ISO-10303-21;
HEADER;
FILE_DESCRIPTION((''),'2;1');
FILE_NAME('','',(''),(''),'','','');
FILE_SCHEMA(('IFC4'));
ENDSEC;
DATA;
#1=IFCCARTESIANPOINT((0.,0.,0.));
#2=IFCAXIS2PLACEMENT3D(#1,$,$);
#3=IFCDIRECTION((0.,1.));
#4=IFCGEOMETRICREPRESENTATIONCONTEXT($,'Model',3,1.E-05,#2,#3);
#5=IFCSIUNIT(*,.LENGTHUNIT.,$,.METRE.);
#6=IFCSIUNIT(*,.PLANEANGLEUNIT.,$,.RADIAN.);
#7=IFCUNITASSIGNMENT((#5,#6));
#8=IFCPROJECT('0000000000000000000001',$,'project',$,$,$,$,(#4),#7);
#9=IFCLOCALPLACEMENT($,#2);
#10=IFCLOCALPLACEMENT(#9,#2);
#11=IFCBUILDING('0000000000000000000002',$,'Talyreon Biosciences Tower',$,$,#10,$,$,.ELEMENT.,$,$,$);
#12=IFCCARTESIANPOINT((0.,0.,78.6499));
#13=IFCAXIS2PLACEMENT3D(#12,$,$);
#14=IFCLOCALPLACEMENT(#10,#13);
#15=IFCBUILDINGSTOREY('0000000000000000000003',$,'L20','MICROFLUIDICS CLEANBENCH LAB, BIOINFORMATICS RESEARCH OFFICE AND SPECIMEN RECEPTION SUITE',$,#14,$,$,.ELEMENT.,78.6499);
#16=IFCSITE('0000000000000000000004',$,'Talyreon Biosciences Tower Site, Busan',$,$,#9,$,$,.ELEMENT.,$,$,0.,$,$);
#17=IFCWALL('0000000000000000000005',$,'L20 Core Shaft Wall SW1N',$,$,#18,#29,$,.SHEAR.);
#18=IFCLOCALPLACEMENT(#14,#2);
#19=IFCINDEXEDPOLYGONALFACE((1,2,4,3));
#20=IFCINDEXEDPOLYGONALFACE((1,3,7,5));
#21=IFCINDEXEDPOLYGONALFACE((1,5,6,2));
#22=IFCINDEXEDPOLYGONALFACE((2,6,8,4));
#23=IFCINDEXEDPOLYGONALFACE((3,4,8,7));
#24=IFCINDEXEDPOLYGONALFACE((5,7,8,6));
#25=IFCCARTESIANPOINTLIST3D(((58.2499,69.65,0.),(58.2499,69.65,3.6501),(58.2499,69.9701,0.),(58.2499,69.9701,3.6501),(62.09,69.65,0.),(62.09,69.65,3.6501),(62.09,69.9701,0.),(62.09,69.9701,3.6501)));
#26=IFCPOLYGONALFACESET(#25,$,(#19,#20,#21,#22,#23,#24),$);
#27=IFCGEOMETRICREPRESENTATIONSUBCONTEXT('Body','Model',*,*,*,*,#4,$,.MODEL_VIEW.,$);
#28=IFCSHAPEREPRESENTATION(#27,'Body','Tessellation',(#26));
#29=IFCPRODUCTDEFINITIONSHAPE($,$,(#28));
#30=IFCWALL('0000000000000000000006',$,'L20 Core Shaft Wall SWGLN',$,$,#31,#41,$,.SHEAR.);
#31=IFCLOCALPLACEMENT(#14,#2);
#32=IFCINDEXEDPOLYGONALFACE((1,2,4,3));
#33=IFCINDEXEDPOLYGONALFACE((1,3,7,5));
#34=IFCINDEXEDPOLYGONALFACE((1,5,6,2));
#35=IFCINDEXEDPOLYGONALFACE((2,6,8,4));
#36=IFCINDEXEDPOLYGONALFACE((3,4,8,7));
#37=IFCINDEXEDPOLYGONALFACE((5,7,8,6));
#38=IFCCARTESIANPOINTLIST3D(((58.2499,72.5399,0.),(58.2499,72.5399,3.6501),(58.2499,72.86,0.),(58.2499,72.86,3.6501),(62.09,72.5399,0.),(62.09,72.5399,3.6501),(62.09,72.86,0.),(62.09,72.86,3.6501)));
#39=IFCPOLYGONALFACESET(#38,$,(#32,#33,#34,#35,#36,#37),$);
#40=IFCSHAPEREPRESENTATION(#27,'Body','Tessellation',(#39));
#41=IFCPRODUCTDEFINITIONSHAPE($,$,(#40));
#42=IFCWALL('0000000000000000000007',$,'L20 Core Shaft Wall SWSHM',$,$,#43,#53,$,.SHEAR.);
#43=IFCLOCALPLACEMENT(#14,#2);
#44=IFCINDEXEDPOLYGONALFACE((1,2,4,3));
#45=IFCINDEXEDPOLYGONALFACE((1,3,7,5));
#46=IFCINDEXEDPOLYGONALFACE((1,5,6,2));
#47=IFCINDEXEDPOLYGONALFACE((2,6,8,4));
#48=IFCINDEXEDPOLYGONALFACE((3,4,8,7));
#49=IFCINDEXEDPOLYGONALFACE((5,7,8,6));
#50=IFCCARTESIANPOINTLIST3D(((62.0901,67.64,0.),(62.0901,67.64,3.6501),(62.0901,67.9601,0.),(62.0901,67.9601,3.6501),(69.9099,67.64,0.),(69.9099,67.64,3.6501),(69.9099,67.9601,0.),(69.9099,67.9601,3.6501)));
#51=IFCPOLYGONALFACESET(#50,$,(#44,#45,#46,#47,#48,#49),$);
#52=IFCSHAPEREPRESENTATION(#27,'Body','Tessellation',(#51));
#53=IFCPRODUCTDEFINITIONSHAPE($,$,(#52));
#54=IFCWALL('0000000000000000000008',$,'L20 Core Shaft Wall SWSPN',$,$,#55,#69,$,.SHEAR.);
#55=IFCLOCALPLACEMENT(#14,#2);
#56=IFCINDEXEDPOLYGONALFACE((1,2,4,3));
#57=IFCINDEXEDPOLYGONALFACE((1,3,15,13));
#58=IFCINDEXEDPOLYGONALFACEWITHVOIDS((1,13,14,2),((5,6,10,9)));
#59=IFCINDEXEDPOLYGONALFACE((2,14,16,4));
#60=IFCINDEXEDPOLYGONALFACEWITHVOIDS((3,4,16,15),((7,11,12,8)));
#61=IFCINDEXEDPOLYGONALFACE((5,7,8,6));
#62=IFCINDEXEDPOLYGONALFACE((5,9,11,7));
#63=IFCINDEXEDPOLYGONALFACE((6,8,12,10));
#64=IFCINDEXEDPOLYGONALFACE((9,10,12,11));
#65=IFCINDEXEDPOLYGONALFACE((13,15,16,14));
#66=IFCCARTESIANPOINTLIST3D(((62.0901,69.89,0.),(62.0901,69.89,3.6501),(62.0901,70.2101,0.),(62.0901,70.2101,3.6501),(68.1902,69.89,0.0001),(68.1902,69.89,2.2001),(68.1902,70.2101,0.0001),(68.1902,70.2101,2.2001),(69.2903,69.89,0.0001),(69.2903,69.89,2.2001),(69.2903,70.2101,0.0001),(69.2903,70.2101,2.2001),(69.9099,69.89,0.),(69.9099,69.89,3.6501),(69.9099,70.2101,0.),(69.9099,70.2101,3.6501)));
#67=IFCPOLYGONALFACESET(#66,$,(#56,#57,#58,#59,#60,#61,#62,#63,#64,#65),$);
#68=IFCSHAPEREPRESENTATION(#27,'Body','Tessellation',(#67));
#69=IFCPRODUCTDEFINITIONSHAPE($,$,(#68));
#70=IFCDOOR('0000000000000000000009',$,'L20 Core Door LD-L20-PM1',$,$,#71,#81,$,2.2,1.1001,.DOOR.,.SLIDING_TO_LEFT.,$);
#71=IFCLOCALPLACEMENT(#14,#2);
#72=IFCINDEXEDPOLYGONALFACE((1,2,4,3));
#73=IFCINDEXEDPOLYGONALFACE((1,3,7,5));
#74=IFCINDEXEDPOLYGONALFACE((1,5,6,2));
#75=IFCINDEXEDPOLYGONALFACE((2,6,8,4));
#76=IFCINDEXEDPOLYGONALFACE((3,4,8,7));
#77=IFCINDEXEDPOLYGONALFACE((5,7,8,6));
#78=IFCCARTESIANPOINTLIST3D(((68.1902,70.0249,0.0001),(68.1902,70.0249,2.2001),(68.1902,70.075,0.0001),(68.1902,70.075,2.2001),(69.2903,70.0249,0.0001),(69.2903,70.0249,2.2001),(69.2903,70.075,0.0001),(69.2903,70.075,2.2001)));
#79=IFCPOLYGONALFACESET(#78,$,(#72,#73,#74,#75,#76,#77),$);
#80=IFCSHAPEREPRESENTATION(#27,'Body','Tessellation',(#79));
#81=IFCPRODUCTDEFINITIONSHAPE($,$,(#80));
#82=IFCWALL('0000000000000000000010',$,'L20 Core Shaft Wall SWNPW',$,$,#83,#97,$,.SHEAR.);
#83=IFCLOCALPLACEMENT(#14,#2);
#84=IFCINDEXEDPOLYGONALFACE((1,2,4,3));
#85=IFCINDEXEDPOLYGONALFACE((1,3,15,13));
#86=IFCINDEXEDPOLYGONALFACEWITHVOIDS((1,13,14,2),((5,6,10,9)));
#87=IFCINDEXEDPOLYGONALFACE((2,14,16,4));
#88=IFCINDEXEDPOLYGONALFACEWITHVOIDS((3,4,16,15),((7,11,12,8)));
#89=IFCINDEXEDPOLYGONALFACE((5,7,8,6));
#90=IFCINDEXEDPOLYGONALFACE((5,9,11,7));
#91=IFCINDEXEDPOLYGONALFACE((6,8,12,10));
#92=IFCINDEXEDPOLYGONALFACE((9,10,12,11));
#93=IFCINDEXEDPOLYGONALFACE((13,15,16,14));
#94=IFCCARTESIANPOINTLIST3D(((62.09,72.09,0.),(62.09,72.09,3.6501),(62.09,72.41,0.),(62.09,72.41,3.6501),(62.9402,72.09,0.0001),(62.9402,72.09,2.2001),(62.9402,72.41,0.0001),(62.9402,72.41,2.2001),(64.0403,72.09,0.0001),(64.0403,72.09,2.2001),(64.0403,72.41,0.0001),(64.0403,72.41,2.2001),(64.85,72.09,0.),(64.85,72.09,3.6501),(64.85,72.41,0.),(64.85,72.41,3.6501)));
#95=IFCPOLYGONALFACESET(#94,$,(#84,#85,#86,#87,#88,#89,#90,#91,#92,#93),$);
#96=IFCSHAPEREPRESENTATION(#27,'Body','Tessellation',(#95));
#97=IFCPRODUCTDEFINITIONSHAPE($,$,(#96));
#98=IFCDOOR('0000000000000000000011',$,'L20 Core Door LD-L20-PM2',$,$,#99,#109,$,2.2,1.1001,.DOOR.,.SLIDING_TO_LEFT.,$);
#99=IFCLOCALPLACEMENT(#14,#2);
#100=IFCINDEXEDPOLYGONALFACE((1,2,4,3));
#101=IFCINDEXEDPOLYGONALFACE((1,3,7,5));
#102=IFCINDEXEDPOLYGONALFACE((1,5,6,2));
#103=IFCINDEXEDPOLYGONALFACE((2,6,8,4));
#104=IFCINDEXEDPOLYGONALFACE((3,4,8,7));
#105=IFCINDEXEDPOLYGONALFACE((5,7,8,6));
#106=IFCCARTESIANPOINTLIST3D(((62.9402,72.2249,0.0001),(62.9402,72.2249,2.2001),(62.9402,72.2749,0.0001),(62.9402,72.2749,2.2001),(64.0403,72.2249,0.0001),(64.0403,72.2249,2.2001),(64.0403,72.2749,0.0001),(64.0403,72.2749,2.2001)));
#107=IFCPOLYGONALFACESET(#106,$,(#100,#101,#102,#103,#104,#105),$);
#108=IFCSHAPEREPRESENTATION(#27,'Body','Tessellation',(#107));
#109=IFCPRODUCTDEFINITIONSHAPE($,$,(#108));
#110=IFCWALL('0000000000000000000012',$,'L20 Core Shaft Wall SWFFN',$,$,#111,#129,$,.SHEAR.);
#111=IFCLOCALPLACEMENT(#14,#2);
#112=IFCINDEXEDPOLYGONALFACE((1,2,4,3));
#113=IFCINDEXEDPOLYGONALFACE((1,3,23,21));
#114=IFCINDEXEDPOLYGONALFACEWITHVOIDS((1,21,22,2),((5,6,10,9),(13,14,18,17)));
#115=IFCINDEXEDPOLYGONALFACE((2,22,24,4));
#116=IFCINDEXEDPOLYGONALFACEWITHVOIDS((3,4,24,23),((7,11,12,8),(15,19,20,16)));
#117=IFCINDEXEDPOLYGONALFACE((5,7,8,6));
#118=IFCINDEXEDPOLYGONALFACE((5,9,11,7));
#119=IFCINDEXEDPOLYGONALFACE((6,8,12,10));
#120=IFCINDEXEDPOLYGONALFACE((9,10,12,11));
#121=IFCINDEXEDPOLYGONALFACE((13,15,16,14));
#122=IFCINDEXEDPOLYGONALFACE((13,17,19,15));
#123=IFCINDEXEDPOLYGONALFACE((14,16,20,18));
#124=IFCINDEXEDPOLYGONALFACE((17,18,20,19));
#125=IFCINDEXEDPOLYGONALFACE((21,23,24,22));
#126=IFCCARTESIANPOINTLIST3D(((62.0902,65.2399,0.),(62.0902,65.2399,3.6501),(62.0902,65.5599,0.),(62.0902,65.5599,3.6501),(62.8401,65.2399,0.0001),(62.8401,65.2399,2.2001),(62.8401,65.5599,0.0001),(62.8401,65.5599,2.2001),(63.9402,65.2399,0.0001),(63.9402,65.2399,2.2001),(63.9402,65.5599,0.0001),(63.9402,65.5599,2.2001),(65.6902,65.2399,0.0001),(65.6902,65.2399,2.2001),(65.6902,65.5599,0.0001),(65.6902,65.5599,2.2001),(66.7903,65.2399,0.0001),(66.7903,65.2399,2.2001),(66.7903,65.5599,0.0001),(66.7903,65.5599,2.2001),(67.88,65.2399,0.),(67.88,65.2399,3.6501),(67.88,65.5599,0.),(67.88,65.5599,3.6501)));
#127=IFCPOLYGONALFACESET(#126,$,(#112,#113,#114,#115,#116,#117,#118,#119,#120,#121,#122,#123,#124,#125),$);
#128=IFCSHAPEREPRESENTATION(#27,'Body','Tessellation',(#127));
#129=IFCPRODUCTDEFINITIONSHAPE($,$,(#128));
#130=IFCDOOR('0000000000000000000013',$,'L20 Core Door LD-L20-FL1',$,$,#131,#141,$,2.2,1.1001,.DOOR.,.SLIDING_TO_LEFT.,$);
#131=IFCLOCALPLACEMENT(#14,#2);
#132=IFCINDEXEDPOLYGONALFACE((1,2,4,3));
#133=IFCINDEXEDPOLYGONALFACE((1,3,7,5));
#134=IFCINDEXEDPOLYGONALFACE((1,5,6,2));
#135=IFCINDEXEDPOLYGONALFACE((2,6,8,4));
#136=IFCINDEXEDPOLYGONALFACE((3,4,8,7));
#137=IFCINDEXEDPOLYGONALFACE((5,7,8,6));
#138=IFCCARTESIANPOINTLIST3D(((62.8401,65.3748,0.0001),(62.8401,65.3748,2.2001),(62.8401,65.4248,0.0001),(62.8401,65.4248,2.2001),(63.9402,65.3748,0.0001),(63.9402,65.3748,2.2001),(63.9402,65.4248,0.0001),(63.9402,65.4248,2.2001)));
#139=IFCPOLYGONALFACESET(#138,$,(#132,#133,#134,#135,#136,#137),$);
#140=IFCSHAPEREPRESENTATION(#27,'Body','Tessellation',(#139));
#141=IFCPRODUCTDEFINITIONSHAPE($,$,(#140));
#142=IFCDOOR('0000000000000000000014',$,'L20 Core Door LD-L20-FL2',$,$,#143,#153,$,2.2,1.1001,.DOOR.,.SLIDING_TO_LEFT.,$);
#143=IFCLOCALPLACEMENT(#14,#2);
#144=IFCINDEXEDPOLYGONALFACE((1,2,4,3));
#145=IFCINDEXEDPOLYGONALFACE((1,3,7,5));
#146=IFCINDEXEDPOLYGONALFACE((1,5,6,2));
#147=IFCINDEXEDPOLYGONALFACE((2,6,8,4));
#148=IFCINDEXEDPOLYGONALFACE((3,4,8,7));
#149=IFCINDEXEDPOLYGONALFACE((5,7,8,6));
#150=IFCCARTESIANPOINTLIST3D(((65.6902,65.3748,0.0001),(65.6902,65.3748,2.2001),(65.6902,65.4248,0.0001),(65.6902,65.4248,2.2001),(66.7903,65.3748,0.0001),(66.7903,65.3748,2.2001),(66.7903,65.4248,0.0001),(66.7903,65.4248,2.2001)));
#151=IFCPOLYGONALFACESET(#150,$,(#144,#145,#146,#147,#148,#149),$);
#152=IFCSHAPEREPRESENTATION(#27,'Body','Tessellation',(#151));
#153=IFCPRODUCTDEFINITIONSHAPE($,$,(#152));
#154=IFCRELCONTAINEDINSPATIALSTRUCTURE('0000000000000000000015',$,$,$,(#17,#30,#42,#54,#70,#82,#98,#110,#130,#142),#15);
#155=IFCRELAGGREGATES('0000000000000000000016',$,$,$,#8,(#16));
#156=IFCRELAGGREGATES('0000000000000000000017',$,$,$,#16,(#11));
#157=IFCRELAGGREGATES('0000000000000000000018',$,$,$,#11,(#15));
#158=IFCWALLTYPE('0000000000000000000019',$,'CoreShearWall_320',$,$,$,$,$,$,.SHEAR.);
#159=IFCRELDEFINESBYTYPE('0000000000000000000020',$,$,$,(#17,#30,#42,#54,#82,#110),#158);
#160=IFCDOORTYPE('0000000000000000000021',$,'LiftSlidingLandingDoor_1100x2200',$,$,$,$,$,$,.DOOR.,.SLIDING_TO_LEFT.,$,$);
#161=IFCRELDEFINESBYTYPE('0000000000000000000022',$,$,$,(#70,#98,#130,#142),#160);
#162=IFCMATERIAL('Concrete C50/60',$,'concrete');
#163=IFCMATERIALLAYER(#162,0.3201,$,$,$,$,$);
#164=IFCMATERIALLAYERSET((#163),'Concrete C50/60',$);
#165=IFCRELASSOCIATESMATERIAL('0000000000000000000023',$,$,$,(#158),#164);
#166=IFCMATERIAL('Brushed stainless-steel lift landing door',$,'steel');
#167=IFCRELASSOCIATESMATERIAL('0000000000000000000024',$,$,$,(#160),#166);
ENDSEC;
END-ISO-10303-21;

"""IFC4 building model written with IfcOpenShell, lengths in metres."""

from ifc_helpers import new_model, si_unit, direction, frame, frame_2d, origin, place, context, subcontext, project, spatial, rectangle, extrude, material, layer, layer_set, type_object, element, fill, save


model = new_model("IFC4")

# Units and contexts
model_context = context("Model", 3, precision=1e-05, world=origin(), true_north=direction((0.0, 1.0)))
body_context = subcontext(model_context, "Body", "Model", "MODEL_VIEW")
ifc_project = project(units=[si_unit("LENGTHUNIT", "METRE"), si_unit("PLANEANGLEUNIT", "RADIAN")], contexts=[model_context])

# Site, building, storey
site_placement = place(None, origin())
site = spatial("IfcSite", under=ifc_project, at=site_placement, Name="Talyreon Biosciences Tower Site, Busan", CompositionType="ELEMENT", RefElevation=0.0)
building_placement = place(site_placement, origin())
building = spatial("IfcBuilding", under=site, at=building_placement, Name="Talyreon Biosciences Tower", CompositionType="ELEMENT")
storey_placement = place(building_placement, frame((0.0, 0.0, 78.6499)))
storey = spatial("IfcBuildingStorey", under=building, at=storey_placement, Name="L20", Description="MICROFLUIDICS CLEANBENCH LAB, BIOINFORMATICS RESEARCH OFFICE AND SPECIMEN RECEPTION SUITE", CompositionType="ELEMENT", Elevation=78.6499)

# Shared definitions
ifc_material_1 = material(Name="Concrete C50/60", Category="concrete")

# Walls
ifc_layer_1 = layer(ifc_material_1, 0.3201)
ifc_layer_set_1 = layer_set([ifc_layer_1], Name="Concrete C50/60")
wall_type_1 = type_object("IfcWallType", Name="CoreShearWall_320", PredefinedType="SHEAR", material=ifc_layer_set_1)
for number, where, z_axis, x_axis, name in (
    (1, (58.25, 69.8101, 0.0), (0.0, 0.0, 1.0), (1.0, 0.0, 0.0), "L20 Core Shaft Wall SW1N"),
    (2, (58.25, 72.7, 0.0), (0.0, 0.0, 1.0), (1.0, 0.0, 0.0), "L20 Core Shaft Wall SWGLN"),
):
    element("IfcWall", number, at=place(storey_placement, frame(where, z_axis=z_axis, x_axis=x_axis)), inside=storey, type_object=wall_type_1, Name=name, PredefinedType="SHEAR", context=body_context, shape_type="SweptSolid", body=[
        extrude(rectangle(XDim=3.8401, YDim=0.3201, at=frame_2d((1.9199, 0.0))), origin(), (0.0, 0.0, 1.0), 3.6501),
    ])
wall_1_placement = place(storey_placement, frame((62.0901, 67.8, 0.0), z_axis=(0.0, 0.0, 1.0), x_axis=(1.0, 0.0, 0.0)))
element("IfcWall", 3, at=wall_1_placement, inside=storey, type_object=wall_type_1, Name="L20 Core Shaft Wall SWSHM", PredefinedType="SHEAR", context=body_context, shape_type="SweptSolid", body=[
    extrude(rectangle(XDim=7.8198, YDim=0.3201, at=frame_2d((3.9099, 0.0))), origin(), (0.0, 0.0, 1.0), 3.6501),
])

# Walls, openings, doors
wall_2_placement = place(storey_placement, frame((62.0901, 70.05, 0.0), z_axis=(0.0, 0.0, 1.0), x_axis=(1.0, 0.0, 0.0)))
wall_2 = element("IfcWall", 4, at=wall_2_placement, inside=storey, type_object=wall_type_1, Name="L20 Core Shaft Wall SWSPN", PredefinedType="SHEAR", context=body_context, shape_type="SweptSolid", body=[
    extrude(rectangle(XDim=7.8198, YDim=0.3201, at=frame_2d((3.9099, 0.0))), origin(), (0.0, 0.0, 1.0), 3.6501),
])
opening_1_placement = place(wall_2_placement, frame((6.1001, 0.0, 0.0)))
opening_1 = element("IfcOpeningElement", 5, at=opening_1_placement, cuts=wall_2, PredefinedType="OPENING", context=body_context, shape_type="SweptSolid", body=[
    extrude(rectangle(XDim=1.1001, YDim=2.2, at=frame_2d((0.55, 1.1001))), frame((0.0, 0.1699, 0.0), z_axis=(0.0, -1.0, 0.0), x_axis=(1.0, 0.0, 0.0)), (0.0, 0.0, 1.0), 0.3401),
])
ifc_material_2 = material(Name="Brushed stainless-steel lift landing door", Category="steel")
door_type_1 = type_object("IfcDoorType", Name="LiftSlidingLandingDoor_1100x2200", OperationType="SLIDING_TO_LEFT", PredefinedType="DOOR", material=ifc_material_2)
door_1_placement = place(opening_1_placement, origin())
door_1 = element("IfcDoor", 6, at=door_1_placement, inside=storey, type_object=door_type_1, Name="L20 Core Door LD-L20-PM1", OperationType="SLIDING_TO_LEFT", OverallHeight=2.2, OverallWidth=1.1001, PredefinedType="DOOR", context=body_context, shape_type="SweptSolid", body=[
    extrude(rectangle(XDim=1.1001, YDim=2.2, at=frame_2d((0.55, 1.1001))), frame((0.0, 0.0249, 0.0), z_axis=(0.0, -1.0, 0.0), x_axis=(1.0, 0.0, 0.0)), (0.0, 0.0, 1.0), 0.05),
])
fill(opening_1, door_1)
wall_3_placement = place(storey_placement, frame((62.0901, 72.25, 0.0), z_axis=(0.0, 0.0, 1.0), x_axis=(1.0, 0.0, 0.0)))
wall_3 = element("IfcWall", 7, at=wall_3_placement, inside=storey, type_object=wall_type_1, Name="L20 Core Shaft Wall SWNPW", PredefinedType="SHEAR", context=body_context, shape_type="SweptSolid", body=[
    extrude(rectangle(XDim=2.76, YDim=0.3201, at=frame_2d((1.3799, 0.0))), origin(), (0.0, 0.0, 1.0), 3.6501),
])
opening_2_placement = place(wall_3_placement, frame((0.8501, 0.0, 0.0)))
opening_2 = element("IfcOpeningElement", 8, at=opening_2_placement, cuts=wall_3, PredefinedType="OPENING", context=body_context, shape_type="SweptSolid", body=[
    extrude(rectangle(XDim=1.1001, YDim=2.2, at=frame_2d((0.55, 1.1001))), frame((0.0, 0.1699, 0.0), z_axis=(0.0, -1.0, 0.0), x_axis=(1.0, 0.0, 0.0)), (0.0, 0.0, 1.0), 0.3401),
])
door_2_placement = place(opening_2_placement, origin())
door_2 = element("IfcDoor", 9, at=door_2_placement, inside=storey, type_object=door_type_1, Name="L20 Core Door LD-L20-PM2", OperationType="SLIDING_TO_LEFT", OverallHeight=2.2, OverallWidth=1.1001, PredefinedType="DOOR", context=body_context, shape_type="SweptSolid", body=[
    extrude(rectangle(XDim=1.1001, YDim=2.2, at=frame_2d((0.55, 1.1001))), frame((0.0, 0.0249, 0.0), z_axis=(0.0, -1.0, 0.0), x_axis=(1.0, 0.0, 0.0)), (0.0, 0.0, 1.0), 0.05),
])
fill(opening_2, door_2)

# Wall, openings, doors
wall_4_placement = place(storey_placement, frame((62.0901, 65.3999, 0.0), z_axis=(0.0, 0.0, 1.0), x_axis=(1.0, 0.0, 0.0)))
wall_4 = element("IfcWall", 10, at=wall_4_placement, inside=storey, type_object=wall_type_1, Name="L20 Core Shaft Wall SWFFN", PredefinedType="SHEAR", context=body_context, shape_type="SweptSolid", body=[
    extrude(rectangle(XDim=5.7898, YDim=0.3201, at=frame_2d((2.895, 0.0))), origin(), (0.0, 0.0, 1.0), 3.6501),
])
opening_3_placement = place(wall_4_placement, frame((0.75, 0.0, 0.0)))
opening_3 = element("IfcOpeningElement", 11, at=opening_3_placement, cuts=wall_4, PredefinedType="OPENING", context=body_context, shape_type="SweptSolid", body=[
    extrude(rectangle(XDim=1.1001, YDim=2.2, at=frame_2d((0.55, 1.1001))), frame((0.0, 0.1699, 0.0), z_axis=(0.0, -1.0, 0.0), x_axis=(1.0, 0.0, 0.0)), (0.0, 0.0, 1.0), 0.3401),
])
opening_4_placement = place(wall_4_placement, frame((3.6001, 0.0, 0.0)))
opening_4 = element("IfcOpeningElement", 12, at=opening_4_placement, cuts=wall_4, PredefinedType="OPENING", context=body_context, shape_type="SweptSolid", body=[
    extrude(rectangle(XDim=1.1001, YDim=2.2, at=frame_2d((0.55, 1.1001))), frame((0.0, 0.1699, 0.0), z_axis=(0.0, -1.0, 0.0), x_axis=(1.0, 0.0, 0.0)), (0.0, 0.0, 1.0), 0.3401),
])
door_3_placement = place(opening_3_placement, origin())
door_3 = element("IfcDoor", 13, at=door_3_placement, inside=storey, type_object=door_type_1, Name="L20 Core Door LD-L20-FL1", OperationType="SLIDING_TO_LEFT", OverallHeight=2.2, OverallWidth=1.1001, PredefinedType="DOOR", context=body_context, shape_type="SweptSolid", body=[
    extrude(rectangle(XDim=1.1001, YDim=2.2, at=frame_2d((0.55, 1.1001))), frame((0.0, 0.0249, 0.0), z_axis=(0.0, -1.0, 0.0), x_axis=(1.0, 0.0, 0.0)), (0.0, 0.0, 1.0), 0.05),
])
fill(opening_3, door_3)
door_4_placement = place(opening_4_placement, origin())
door_4 = element("IfcDoor", 14, at=door_4_placement, inside=storey, type_object=door_type_1, Name="L20 Core Door LD-L20-FL2", OperationType="SLIDING_TO_LEFT", OverallHeight=2.2, OverallWidth=1.1001, PredefinedType="DOOR", context=body_context, shape_type="SweptSolid", body=[
    extrude(rectangle(XDim=1.1001, YDim=2.2, at=frame_2d((0.55, 1.1001))), frame((0.0, 0.0249, 0.0), z_axis=(0.0, -1.0, 0.0), x_axis=(1.0, 0.0, 0.0)), (0.0, 0.0, 1.0), 0.05),
])
fill(opening_4, door_4)

save(model, "model.ifc")
